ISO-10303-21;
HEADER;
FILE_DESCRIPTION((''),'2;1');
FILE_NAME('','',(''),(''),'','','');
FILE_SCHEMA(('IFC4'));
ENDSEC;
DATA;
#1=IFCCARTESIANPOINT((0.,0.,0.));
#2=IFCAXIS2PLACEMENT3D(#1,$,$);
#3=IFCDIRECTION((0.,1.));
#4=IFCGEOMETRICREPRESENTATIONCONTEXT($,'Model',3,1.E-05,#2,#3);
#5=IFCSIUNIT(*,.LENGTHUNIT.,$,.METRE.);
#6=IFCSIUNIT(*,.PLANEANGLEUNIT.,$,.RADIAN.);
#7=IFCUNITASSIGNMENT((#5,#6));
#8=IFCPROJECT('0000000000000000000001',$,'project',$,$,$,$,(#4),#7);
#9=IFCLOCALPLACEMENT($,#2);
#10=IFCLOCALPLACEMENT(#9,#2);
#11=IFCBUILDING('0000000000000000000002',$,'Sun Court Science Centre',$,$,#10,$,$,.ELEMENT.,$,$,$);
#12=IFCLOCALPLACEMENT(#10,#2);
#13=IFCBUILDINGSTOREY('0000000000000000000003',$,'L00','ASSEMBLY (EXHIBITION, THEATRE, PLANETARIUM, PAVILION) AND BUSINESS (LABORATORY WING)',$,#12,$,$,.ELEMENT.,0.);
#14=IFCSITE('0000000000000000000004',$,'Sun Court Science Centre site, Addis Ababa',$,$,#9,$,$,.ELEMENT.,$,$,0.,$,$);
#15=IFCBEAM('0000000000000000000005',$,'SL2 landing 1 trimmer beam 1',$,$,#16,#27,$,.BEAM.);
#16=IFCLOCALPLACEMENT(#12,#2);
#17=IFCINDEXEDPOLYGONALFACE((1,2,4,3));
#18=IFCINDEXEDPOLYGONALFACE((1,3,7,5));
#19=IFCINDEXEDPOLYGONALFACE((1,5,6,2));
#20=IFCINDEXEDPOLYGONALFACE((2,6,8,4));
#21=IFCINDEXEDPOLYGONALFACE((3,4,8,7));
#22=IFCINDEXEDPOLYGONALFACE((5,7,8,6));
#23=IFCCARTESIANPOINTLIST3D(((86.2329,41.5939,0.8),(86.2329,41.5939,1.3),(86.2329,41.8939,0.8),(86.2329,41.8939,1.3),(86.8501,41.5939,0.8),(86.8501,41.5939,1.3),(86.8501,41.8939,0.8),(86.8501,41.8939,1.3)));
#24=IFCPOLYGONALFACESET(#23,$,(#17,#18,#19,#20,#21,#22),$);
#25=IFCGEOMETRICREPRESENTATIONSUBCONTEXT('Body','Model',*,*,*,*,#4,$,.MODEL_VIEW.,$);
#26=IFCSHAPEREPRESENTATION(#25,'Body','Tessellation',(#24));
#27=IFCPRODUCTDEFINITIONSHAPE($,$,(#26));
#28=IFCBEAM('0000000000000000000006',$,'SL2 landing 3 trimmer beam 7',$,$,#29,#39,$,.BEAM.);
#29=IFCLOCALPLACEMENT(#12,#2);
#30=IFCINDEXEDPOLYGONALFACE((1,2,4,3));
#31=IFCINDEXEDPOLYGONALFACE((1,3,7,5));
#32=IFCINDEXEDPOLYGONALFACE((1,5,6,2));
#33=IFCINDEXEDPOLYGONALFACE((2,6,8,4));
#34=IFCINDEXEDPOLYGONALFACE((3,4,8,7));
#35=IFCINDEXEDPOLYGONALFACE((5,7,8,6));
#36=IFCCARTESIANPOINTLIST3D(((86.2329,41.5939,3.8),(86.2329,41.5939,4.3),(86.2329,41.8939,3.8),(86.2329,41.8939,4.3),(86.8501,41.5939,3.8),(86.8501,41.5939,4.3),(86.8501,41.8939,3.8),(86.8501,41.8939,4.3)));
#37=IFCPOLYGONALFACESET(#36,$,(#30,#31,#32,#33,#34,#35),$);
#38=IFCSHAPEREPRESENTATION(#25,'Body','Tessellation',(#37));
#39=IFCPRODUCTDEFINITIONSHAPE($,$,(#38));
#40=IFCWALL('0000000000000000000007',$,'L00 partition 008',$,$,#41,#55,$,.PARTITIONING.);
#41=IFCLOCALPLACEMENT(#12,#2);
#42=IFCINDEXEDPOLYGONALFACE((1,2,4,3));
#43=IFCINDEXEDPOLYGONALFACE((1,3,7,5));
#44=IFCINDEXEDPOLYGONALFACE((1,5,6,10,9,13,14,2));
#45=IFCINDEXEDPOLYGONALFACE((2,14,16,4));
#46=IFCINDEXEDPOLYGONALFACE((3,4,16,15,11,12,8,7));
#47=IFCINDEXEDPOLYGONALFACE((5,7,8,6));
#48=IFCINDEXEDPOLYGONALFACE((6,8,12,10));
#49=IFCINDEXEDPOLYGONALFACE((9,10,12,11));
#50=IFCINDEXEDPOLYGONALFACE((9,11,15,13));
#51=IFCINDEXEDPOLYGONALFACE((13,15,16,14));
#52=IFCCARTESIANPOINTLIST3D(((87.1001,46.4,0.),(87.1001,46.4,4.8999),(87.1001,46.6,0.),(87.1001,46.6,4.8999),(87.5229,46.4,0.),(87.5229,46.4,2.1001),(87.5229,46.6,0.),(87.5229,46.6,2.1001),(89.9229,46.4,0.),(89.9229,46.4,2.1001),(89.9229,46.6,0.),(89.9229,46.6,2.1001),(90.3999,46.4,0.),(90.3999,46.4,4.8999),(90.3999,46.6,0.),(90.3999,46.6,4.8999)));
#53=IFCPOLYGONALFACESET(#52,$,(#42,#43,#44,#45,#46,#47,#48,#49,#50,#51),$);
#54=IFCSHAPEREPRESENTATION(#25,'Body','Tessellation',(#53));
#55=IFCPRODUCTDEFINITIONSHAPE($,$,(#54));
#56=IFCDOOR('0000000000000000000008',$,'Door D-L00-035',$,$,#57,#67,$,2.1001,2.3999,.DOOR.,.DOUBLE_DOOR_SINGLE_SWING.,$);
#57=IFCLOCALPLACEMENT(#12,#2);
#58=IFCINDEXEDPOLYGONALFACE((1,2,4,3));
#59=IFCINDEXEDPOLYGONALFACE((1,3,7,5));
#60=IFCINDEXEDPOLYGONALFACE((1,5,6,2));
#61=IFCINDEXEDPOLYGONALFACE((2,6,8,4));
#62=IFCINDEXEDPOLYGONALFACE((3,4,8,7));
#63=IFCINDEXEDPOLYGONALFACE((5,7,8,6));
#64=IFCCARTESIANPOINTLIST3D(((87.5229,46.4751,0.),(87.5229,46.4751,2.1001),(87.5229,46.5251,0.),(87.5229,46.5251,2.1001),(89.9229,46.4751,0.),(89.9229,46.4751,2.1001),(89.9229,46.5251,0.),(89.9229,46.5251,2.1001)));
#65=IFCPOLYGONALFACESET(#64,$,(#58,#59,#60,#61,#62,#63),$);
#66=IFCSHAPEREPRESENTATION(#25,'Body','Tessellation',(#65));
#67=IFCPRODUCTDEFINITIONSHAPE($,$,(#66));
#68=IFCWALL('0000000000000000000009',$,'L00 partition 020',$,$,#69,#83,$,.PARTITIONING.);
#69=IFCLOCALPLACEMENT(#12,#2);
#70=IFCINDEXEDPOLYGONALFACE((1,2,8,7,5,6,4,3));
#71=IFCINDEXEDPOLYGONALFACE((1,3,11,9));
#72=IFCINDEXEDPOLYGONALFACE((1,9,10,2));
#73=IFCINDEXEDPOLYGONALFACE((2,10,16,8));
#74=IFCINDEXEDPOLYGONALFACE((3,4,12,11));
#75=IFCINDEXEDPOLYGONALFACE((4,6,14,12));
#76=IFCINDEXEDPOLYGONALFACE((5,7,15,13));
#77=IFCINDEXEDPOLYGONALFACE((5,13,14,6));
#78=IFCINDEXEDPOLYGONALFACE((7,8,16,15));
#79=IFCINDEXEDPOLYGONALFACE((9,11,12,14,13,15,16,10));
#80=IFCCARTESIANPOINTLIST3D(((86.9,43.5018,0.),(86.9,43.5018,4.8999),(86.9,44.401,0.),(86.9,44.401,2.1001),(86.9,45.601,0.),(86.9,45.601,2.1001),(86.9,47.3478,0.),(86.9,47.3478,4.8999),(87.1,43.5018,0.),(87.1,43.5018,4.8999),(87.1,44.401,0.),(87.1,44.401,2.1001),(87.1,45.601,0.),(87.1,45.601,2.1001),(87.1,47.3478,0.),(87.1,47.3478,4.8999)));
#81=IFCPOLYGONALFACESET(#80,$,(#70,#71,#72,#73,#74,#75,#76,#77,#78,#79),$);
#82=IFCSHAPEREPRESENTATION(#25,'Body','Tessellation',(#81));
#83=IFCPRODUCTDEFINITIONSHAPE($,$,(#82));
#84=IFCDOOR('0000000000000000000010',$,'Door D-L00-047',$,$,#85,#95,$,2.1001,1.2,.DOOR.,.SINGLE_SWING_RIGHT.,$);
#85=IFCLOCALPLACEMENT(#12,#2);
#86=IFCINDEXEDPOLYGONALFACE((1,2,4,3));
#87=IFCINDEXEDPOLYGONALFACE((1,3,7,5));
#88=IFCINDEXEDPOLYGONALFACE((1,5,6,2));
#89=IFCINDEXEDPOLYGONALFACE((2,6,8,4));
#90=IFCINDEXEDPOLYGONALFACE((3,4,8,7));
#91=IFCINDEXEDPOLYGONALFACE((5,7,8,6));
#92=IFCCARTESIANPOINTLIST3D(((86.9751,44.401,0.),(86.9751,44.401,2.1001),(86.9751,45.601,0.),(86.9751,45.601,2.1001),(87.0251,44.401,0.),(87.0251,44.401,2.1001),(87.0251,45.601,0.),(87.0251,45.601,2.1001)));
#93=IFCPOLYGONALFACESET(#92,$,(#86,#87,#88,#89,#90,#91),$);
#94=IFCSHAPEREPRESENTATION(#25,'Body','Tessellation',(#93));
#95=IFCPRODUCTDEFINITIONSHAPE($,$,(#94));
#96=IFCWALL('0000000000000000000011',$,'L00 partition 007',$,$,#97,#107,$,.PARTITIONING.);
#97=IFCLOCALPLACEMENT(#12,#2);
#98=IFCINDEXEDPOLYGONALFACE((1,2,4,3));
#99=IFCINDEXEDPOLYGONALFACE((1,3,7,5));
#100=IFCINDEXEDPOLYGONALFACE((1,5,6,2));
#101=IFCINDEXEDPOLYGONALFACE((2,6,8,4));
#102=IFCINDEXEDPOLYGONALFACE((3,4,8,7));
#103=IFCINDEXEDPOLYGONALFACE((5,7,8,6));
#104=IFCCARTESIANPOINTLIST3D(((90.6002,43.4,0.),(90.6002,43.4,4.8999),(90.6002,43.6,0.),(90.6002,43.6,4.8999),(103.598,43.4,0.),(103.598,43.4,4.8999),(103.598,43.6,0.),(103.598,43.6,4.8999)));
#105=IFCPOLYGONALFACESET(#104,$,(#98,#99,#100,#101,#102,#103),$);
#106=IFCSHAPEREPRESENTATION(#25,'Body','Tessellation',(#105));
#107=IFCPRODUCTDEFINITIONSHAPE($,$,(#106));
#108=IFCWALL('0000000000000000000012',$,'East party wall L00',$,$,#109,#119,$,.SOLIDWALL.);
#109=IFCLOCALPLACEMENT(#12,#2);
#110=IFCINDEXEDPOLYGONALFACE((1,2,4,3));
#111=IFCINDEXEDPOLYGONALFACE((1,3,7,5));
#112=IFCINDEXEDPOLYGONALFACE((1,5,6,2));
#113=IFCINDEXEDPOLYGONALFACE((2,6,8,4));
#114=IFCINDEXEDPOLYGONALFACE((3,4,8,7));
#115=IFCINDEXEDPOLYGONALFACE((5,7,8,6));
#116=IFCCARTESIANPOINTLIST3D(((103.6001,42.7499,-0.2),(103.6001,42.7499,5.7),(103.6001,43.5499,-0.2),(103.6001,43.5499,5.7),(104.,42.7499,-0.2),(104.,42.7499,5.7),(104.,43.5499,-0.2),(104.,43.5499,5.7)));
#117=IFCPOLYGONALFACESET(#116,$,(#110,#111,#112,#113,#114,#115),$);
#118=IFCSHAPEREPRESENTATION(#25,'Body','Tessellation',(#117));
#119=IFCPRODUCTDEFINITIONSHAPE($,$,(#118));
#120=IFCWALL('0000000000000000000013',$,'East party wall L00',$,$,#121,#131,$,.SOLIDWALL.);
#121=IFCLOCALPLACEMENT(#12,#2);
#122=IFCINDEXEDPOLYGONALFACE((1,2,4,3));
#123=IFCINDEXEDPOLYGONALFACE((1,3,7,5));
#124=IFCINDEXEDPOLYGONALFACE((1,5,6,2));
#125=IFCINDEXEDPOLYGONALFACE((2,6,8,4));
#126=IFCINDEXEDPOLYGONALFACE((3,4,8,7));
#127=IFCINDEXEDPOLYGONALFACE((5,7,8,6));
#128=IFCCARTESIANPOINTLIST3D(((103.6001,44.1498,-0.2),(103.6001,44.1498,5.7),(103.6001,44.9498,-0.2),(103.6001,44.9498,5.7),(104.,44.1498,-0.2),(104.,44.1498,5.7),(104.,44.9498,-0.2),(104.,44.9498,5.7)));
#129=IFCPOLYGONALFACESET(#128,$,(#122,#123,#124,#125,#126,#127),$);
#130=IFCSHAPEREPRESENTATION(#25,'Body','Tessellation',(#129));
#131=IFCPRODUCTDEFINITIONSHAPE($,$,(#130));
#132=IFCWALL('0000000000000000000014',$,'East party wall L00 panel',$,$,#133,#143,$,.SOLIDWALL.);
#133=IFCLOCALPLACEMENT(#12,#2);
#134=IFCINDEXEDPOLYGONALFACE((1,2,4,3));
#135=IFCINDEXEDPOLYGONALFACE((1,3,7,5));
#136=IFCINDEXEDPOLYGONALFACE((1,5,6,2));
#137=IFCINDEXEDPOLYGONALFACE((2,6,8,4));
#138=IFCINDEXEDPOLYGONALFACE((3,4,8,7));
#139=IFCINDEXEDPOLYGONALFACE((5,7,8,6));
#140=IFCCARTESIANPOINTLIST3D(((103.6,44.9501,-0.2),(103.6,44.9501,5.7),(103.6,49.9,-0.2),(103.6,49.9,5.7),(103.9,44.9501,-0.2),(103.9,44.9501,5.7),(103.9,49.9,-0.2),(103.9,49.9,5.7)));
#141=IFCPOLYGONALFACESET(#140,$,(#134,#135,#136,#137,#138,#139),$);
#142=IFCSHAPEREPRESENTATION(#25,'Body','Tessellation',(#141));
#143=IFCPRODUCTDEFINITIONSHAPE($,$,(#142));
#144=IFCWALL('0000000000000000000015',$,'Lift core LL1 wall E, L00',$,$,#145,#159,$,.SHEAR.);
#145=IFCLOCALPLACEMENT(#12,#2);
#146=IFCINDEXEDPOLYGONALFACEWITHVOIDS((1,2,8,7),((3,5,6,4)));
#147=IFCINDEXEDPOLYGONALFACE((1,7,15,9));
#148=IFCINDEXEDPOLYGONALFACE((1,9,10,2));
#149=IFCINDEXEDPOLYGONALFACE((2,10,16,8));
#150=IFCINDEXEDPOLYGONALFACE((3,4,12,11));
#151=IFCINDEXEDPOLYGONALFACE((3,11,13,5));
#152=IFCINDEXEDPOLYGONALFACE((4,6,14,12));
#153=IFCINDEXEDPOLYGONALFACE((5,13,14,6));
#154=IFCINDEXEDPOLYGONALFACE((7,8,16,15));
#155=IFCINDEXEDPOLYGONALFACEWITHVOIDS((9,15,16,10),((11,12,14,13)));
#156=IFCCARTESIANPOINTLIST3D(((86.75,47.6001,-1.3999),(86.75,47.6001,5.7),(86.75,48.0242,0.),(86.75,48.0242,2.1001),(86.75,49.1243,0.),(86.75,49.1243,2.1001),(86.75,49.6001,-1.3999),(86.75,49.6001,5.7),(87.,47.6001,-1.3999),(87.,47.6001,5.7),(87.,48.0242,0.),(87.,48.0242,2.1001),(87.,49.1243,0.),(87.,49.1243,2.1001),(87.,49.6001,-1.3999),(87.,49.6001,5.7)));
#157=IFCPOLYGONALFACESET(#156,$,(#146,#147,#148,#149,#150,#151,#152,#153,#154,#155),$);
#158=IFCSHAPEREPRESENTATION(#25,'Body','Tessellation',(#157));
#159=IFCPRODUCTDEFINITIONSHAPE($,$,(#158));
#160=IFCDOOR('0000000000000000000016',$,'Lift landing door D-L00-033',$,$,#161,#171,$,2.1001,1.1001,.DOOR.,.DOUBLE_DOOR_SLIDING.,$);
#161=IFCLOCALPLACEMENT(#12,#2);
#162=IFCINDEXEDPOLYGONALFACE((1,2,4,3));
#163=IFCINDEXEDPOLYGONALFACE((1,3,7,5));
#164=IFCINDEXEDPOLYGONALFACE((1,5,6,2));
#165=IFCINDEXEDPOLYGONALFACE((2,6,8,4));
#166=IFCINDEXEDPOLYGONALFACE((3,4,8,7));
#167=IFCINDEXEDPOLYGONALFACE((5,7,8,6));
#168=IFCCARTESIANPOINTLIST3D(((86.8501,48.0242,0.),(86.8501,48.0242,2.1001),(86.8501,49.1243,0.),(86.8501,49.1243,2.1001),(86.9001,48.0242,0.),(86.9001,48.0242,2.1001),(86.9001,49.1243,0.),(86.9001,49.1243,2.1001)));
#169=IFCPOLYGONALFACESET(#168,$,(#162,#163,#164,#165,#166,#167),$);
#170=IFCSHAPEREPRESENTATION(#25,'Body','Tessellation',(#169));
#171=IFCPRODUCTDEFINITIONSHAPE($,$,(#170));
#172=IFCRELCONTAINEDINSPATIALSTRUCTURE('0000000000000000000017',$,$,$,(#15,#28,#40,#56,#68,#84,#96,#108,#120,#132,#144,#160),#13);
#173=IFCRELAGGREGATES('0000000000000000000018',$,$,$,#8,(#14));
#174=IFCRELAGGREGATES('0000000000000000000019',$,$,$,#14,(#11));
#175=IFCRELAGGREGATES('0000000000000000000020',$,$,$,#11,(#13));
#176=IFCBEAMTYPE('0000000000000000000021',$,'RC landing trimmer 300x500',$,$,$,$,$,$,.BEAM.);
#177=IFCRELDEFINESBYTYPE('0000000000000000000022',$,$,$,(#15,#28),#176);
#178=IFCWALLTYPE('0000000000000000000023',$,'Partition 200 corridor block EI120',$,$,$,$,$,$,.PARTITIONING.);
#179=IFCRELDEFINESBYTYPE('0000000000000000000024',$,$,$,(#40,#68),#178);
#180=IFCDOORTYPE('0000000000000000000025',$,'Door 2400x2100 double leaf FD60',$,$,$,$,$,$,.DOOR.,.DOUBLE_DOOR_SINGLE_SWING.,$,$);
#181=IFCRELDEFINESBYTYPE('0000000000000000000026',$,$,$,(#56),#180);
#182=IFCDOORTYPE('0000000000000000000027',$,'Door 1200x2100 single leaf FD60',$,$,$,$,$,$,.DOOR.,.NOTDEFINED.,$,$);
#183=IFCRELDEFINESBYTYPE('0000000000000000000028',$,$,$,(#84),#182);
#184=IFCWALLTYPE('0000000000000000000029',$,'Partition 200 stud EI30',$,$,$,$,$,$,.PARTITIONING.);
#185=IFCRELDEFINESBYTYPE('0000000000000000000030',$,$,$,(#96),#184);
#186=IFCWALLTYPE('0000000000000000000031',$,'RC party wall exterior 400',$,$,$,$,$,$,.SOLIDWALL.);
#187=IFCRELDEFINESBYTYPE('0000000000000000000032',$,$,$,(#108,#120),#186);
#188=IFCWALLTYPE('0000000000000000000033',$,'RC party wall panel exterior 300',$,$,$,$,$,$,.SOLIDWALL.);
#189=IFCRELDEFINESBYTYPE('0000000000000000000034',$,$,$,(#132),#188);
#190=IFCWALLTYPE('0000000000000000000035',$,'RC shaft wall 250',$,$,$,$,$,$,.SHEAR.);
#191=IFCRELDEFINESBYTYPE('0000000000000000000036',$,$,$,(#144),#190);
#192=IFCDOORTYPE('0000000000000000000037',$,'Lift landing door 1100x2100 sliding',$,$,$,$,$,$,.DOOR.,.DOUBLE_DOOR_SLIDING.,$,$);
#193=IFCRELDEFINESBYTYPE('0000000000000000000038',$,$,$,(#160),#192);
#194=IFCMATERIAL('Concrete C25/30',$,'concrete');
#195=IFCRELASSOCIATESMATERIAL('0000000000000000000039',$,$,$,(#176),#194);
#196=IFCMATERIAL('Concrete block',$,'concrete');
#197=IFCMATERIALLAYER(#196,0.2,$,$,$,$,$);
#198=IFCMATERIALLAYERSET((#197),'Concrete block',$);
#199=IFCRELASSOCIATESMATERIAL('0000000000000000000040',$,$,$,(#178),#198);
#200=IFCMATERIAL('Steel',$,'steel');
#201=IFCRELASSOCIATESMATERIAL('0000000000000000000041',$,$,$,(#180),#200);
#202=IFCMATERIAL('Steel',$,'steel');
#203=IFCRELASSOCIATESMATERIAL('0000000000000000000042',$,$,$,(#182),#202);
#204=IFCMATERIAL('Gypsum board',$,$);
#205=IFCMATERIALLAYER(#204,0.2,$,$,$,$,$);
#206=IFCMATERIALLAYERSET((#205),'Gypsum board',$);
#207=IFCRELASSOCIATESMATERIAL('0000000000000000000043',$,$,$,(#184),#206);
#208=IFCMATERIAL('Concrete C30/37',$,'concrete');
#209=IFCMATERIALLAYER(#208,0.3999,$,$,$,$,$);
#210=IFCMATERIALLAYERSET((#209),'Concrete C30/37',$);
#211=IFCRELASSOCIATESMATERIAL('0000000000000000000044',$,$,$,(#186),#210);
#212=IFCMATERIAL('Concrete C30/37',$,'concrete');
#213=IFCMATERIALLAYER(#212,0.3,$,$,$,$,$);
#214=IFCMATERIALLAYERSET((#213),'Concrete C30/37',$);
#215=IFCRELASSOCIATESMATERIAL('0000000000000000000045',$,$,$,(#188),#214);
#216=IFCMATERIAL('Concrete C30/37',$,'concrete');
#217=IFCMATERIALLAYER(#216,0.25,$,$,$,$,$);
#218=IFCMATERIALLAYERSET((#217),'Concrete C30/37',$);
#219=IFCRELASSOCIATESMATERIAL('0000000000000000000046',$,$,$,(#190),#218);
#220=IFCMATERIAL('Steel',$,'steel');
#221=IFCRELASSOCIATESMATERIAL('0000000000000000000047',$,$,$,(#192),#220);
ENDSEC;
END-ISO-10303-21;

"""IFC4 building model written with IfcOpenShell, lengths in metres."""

from ifc_helpers import new_model, si_unit, direction, frame, frame_2d, origin, origin_2d, place, context, subcontext, project, spatial, rectangle, extrude, material, layer, layer_set, material_profile, profile_set, type_object, element, fill, save


model = new_model("IFC4")

# Units and contexts
model_context = context("Model", 3, precision=1e-05, world=origin(), true_north=direction((0.0, 1.0)))
body_context = subcontext(model_context, "Body", "Model", "MODEL_VIEW")
ifc_project = project(units=[si_unit("LENGTHUNIT", "METRE"), si_unit("PLANEANGLEUNIT", "RADIAN")], contexts=[model_context])

# Site, building, storey
site_placement = place(None, origin())
site = spatial("IfcSite", under=ifc_project, at=site_placement, Name="Sun Court Science Centre site, Addis Ababa", CompositionType="ELEMENT", RefElevation=0.0)
building_placement = place(site_placement, origin())
building = spatial("IfcBuilding", under=site, at=building_placement, Name="Sun Court Science Centre", CompositionType="ELEMENT")
storey_placement = place(building_placement, origin())
storey = spatial("IfcBuildingStorey", under=building, at=storey_placement, Name="L00", Description="ASSEMBLY (EXHIBITION, THEATRE, PLANETARIUM, PAVILION) AND BUSINESS (LABORATORY WING)", CompositionType="ELEMENT", Elevation=0.0)

# Beams
ifc_material_1 = material(Name="Concrete C25/30", Category="concrete")
ifc_material_profile_1 = material_profile(ifc_material_1, rectangle(XDim=0.3, YDim=0.5, at=origin_2d()), Name="RC 300x500")
ifc_profile_set_1 = profile_set([ifc_material_profile_1], Name="Concrete C25/30")
beam_type = type_object("IfcBeamType", Name="RC landing trimmer 300x500", PredefinedType="BEAM", material=ifc_profile_set_1)
for number, where, z_axis, x_axis, name in (
    (1, (86.8501, 41.7439, 1.05), (-1.0, 0.0, 0.0), (0.0, -1.0, 0.0), "SL2 landing 1 trimmer beam 1"),
    (2, (86.8501, 41.7439, 4.05), (-1.0, 0.0, 0.0), (0.0, -1.0, 0.0), "SL2 landing 3 trimmer beam 7"),
):
    element("IfcBeam", number, at=place(storey_placement, frame(where, z_axis=z_axis, x_axis=x_axis)), inside=storey, type_object=beam_type, Name=name, PredefinedType="BEAM", context=body_context, shape_type="SweptSolid", body=[
        extrude(rectangle(XDim=0.3, YDim=0.5, at=origin_2d()), origin(), (0.0, 0.0, 1.0), 0.6172),
    ])

# Walls, openings, doors
ifc_material_2 = material(Name="Concrete block", Category="concrete")
ifc_layer_1 = layer(ifc_material_2, 0.2)
ifc_layer_set_1 = layer_set([ifc_layer_1], Name="Concrete block")
wall_type_1 = type_object("IfcWallType", Name="Partition 200 corridor block EI120", PredefinedType="PARTITIONING", material=ifc_layer_set_1)
wall_1_placement = place(storey_placement, frame((90.3999, 46.5, 0.0), z_axis=(0.0, 0.0, 1.0), x_axis=(-1.0, 0.0, 0.0)))
wall_1 = element("IfcWall", 3, at=wall_1_placement, inside=storey, type_object=wall_type_1, Name="L00 partition 008", PredefinedType="PARTITIONING", context=body_context, shape_type="SweptSolid", body=[
    extrude(rectangle(XDim=3.2998, YDim=0.2, at=frame_2d((1.6499, 0.0))), origin(), (0.0, 0.0, 1.0), 4.8999),
])
opening_1_placement = place(wall_1_placement, frame((0.4771, 0.0, 0.0)))
opening_1 = element("IfcOpeningElement", 4, at=opening_1_placement, cuts=wall_1, PredefinedType="OPENING", context=body_context, shape_type="SweptSolid", body=[
    extrude(rectangle(XDim=2.3999, YDim=2.1001, at=frame_2d((1.2, 1.05))), frame((0.0, 0.1099, 0.0), z_axis=(0.0, -1.0, 0.0), x_axis=(1.0, 0.0, 0.0)), (0.0, 0.0, 1.0), 0.22),
])
ifc_material_3 = material(Name="Steel", Category="steel")
door_type_1 = type_object("IfcDoorType", Name="Door 2400x2100 double leaf FD60", OperationType="DOUBLE_DOOR_SINGLE_SWING", PredefinedType="DOOR", material=ifc_material_3)
door_1_placement = place(opening_1_placement, origin())
door_1 = element("IfcDoor", 5, at=door_1_placement, inside=storey, type_object=door_type_1, Name="Door D-L00-035", OperationType="DOUBLE_DOOR_SINGLE_SWING", OverallHeight=2.1001, OverallWidth=2.3999, PredefinedType="DOOR", context=body_context, shape_type="SweptSolid", body=[
    extrude(rectangle(XDim=2.3999, YDim=2.1001, at=frame_2d((1.2, 1.05))), frame((0.0, 0.0249, 0.0), z_axis=(0.0, -1.0, 0.0), x_axis=(1.0, 0.0, 0.0)), (0.0, 0.0, 1.0), 0.05),
])
fill(opening_1, door_1)
wall_2_placement = place(storey_placement, frame((87.0, 43.502, 0.0), z_axis=(0.0, 0.0, 1.0), x_axis=(0.0, 1.0, 0.0)))
wall_2 = element("IfcWall", 6, at=wall_2_placement, inside=storey, type_object=wall_type_1, Name="L00 partition 020", PredefinedType="PARTITIONING", context=body_context, shape_type="SweptSolid", body=[
    extrude(rectangle(XDim=3.8459, YDim=0.2, at=frame_2d((1.9229, 0.0))), origin(), (0.0, 0.0, 1.0), 4.8999),
])
opening_2_placement = place(wall_2_placement, frame((0.8989, 0.0, 0.0)))
opening_2 = element("IfcOpeningElement", 7, at=opening_2_placement, cuts=wall_2, PredefinedType="OPENING", context=body_context, shape_type="SweptSolid", body=[
    extrude(rectangle(XDim=1.2, YDim=2.1001, at=frame_2d((0.6001, 1.05))), frame((0.0, 0.1099, 0.0), z_axis=(0.0, -1.0, 0.0), x_axis=(1.0, 0.0, 0.0)), (0.0, 0.0, 1.0), 0.22),
])
ifc_material_4 = material(Name="Steel", Category="steel")
door_type_2 = type_object("IfcDoorType", Name="Door 1200x2100 single leaf FD60", OperationType="NOTDEFINED", PredefinedType="DOOR", material=ifc_material_4)
door_2_placement = place(opening_2_placement, origin())
door_2 = element("IfcDoor", 8, at=door_2_placement, inside=storey, type_object=door_type_2, Name="Door D-L00-047", OperationType="SINGLE_SWING_RIGHT", OverallHeight=2.1001, OverallWidth=1.2, PredefinedType="DOOR", context=body_context, shape_type="SweptSolid", body=[
    extrude(rectangle(XDim=1.2, YDim=2.1001, at=frame_2d((0.6001, 1.05))), frame((0.0, 0.0249, 0.0), z_axis=(0.0, -1.0, 0.0), x_axis=(1.0, 0.0, 0.0)), (0.0, 0.0, 1.0), 0.05),
])
fill(opening_2, door_2)

# Walls
ifc_material_5 = material(Name="Gypsum board")
ifc_layer_2 = layer(ifc_material_5, 0.2)
ifc_layer_set_2 = layer_set([ifc_layer_2], Name="Gypsum board")
wall_type_2 = type_object("IfcWallType", Name="Partition 200 stud EI30", PredefinedType="PARTITIONING", material=ifc_layer_set_2)
wall_3_placement = place(storey_placement, frame((90.6001, 43.5, 0.0), z_axis=(0.0, 0.0, 1.0), x_axis=(1.0, 0.0, 0.0)))
element("IfcWall", 9, at=wall_3_placement, inside=storey, type_object=wall_type_2, Name="L00 partition 007", PredefinedType="PARTITIONING", context=body_context, shape_type="SweptSolid", body=[
    extrude(rectangle(XDim=12.9978, YDim=0.2, at=frame_2d((6.499, 0.0))), origin(), (0.0, 0.0, 1.0), 4.8999),
])
ifc_material_6 = material(Name="Concrete C30/37", Category="concrete")
ifc_layer_3 = layer(ifc_material_6, 0.3999)
ifc_layer_set_3 = layer_set([ifc_layer_3], Name="Concrete C30/37")
wall_type_3 = type_object("IfcWallType", Name="RC party wall exterior 400", PredefinedType="SOLIDWALL", material=ifc_layer_set_3)
for number, where, z_axis, x_axis, name in (
    (10, (103.8, 42.75, -0.2), (0.0, 0.0, 1.0), (0.0, 1.0, 0.0), "East party wall L00"),
    (11, (103.8, 44.1499, -0.2), (0.0, 0.0, 1.0), (0.0, 1.0, 0.0), "East party wall L00"),
):
    element("IfcWall", number, at=place(storey_placement, frame(where, z_axis=z_axis, x_axis=x_axis)), inside=storey, type_object=wall_type_3, Name=name, PredefinedType="SOLIDWALL", context=body_context, shape_type="SweptSolid", body=[
        extrude(rectangle(XDim=0.8, YDim=0.3999, at=frame_2d((0.3999, 0.0))), origin(), (0.0, 0.0, 1.0), 5.8999),
    ])
ifc_material_7 = material(Name="Concrete C30/37", Category="concrete")
ifc_layer_4 = layer(ifc_material_7, 0.3)
ifc_layer_set_4 = layer_set([ifc_layer_4], Name="Concrete C30/37")
wall_type_4 = type_object("IfcWallType", Name="RC party wall panel exterior 300", PredefinedType="SOLIDWALL", material=ifc_layer_set_4)
wall_4_placement = place(storey_placement, frame((103.75, 44.95, -0.2), z_axis=(0.0, 0.0, 1.0), x_axis=(0.0, 1.0, 0.0)))
element("IfcWall", 12, at=wall_4_placement, inside=storey, type_object=wall_type_4, Name="East party wall L00 panel", PredefinedType="SOLIDWALL", context=body_context, shape_type="SweptSolid", body=[
    extrude(rectangle(XDim=4.95, YDim=0.3, at=frame_2d((2.4751, 0.0))), origin(), (0.0, 0.0, 1.0), 5.8999),
])

# Wall, opening, door
ifc_material_8 = material(Name="Concrete C30/37", Category="concrete")
ifc_layer_5 = layer(ifc_material_8, 0.25)
ifc_layer_set_5 = layer_set([ifc_layer_5], Name="Concrete C30/37")
wall_type_5 = type_object("IfcWallType", Name="RC shaft wall 250", PredefinedType="SHEAR", material=ifc_layer_set_5)
wall_5_placement = place(storey_placement, frame((86.875, 47.6001, -1.3999), z_axis=(0.0, 0.0, 1.0), x_axis=(0.0, 1.0, 0.0)))
wall_5 = element("IfcWall", 13, at=wall_5_placement, inside=storey, type_object=wall_type_5, Name="Lift core LL1 wall E, L00", PredefinedType="SHEAR", context=body_context, shape_type="SweptSolid", body=[
    extrude(rectangle(XDim=2.0, YDim=0.25, at=frame_2d((1.0, 0.0))), origin(), (0.0, 0.0, 1.0), 7.0999),
])
opening_3_placement = place(wall_5_placement, frame((0.4241, 0.0, 1.3999)))
opening_3 = element("IfcOpeningElement", 14, at=opening_3_placement, cuts=wall_5, PredefinedType="OPENING", context=body_context, shape_type="SweptSolid", body=[
    extrude(rectangle(XDim=1.1001, YDim=2.1001, at=frame_2d((0.55, 1.05))), frame((0.0, 0.135, 0.0), z_axis=(0.0, -1.0, 0.0), x_axis=(1.0, 0.0, 0.0)), (0.0, 0.0, 1.0), 0.27),
])
ifc_material_9 = material(Name="Steel", Category="steel")
door_type_3 = type_object("IfcDoorType", Name="Lift landing door 1100x2100 sliding", OperationType="DOUBLE_DOOR_SLIDING", PredefinedType="DOOR", material=ifc_material_9)
door_3_placement = place(opening_3_placement, origin())
door_3 = element("IfcDoor", 15, at=door_3_placement, inside=storey, type_object=door_type_3, Name="Lift landing door D-L00-033", OperationType="DOUBLE_DOOR_SLIDING", OverallHeight=2.1001, OverallWidth=1.1001, PredefinedType="DOOR", context=body_context, shape_type="SweptSolid", body=[
    extrude(rectangle(XDim=1.1001, YDim=2.1001, at=frame_2d((0.55, 1.05))), frame((0.0, 0.0249, 0.0), z_axis=(0.0, -1.0, 0.0), x_axis=(1.0, 0.0, 0.0)), (0.0, 0.0, 1.0), 0.05),
])
fill(opening_3, door_3)

save(model, "model.ifc")
